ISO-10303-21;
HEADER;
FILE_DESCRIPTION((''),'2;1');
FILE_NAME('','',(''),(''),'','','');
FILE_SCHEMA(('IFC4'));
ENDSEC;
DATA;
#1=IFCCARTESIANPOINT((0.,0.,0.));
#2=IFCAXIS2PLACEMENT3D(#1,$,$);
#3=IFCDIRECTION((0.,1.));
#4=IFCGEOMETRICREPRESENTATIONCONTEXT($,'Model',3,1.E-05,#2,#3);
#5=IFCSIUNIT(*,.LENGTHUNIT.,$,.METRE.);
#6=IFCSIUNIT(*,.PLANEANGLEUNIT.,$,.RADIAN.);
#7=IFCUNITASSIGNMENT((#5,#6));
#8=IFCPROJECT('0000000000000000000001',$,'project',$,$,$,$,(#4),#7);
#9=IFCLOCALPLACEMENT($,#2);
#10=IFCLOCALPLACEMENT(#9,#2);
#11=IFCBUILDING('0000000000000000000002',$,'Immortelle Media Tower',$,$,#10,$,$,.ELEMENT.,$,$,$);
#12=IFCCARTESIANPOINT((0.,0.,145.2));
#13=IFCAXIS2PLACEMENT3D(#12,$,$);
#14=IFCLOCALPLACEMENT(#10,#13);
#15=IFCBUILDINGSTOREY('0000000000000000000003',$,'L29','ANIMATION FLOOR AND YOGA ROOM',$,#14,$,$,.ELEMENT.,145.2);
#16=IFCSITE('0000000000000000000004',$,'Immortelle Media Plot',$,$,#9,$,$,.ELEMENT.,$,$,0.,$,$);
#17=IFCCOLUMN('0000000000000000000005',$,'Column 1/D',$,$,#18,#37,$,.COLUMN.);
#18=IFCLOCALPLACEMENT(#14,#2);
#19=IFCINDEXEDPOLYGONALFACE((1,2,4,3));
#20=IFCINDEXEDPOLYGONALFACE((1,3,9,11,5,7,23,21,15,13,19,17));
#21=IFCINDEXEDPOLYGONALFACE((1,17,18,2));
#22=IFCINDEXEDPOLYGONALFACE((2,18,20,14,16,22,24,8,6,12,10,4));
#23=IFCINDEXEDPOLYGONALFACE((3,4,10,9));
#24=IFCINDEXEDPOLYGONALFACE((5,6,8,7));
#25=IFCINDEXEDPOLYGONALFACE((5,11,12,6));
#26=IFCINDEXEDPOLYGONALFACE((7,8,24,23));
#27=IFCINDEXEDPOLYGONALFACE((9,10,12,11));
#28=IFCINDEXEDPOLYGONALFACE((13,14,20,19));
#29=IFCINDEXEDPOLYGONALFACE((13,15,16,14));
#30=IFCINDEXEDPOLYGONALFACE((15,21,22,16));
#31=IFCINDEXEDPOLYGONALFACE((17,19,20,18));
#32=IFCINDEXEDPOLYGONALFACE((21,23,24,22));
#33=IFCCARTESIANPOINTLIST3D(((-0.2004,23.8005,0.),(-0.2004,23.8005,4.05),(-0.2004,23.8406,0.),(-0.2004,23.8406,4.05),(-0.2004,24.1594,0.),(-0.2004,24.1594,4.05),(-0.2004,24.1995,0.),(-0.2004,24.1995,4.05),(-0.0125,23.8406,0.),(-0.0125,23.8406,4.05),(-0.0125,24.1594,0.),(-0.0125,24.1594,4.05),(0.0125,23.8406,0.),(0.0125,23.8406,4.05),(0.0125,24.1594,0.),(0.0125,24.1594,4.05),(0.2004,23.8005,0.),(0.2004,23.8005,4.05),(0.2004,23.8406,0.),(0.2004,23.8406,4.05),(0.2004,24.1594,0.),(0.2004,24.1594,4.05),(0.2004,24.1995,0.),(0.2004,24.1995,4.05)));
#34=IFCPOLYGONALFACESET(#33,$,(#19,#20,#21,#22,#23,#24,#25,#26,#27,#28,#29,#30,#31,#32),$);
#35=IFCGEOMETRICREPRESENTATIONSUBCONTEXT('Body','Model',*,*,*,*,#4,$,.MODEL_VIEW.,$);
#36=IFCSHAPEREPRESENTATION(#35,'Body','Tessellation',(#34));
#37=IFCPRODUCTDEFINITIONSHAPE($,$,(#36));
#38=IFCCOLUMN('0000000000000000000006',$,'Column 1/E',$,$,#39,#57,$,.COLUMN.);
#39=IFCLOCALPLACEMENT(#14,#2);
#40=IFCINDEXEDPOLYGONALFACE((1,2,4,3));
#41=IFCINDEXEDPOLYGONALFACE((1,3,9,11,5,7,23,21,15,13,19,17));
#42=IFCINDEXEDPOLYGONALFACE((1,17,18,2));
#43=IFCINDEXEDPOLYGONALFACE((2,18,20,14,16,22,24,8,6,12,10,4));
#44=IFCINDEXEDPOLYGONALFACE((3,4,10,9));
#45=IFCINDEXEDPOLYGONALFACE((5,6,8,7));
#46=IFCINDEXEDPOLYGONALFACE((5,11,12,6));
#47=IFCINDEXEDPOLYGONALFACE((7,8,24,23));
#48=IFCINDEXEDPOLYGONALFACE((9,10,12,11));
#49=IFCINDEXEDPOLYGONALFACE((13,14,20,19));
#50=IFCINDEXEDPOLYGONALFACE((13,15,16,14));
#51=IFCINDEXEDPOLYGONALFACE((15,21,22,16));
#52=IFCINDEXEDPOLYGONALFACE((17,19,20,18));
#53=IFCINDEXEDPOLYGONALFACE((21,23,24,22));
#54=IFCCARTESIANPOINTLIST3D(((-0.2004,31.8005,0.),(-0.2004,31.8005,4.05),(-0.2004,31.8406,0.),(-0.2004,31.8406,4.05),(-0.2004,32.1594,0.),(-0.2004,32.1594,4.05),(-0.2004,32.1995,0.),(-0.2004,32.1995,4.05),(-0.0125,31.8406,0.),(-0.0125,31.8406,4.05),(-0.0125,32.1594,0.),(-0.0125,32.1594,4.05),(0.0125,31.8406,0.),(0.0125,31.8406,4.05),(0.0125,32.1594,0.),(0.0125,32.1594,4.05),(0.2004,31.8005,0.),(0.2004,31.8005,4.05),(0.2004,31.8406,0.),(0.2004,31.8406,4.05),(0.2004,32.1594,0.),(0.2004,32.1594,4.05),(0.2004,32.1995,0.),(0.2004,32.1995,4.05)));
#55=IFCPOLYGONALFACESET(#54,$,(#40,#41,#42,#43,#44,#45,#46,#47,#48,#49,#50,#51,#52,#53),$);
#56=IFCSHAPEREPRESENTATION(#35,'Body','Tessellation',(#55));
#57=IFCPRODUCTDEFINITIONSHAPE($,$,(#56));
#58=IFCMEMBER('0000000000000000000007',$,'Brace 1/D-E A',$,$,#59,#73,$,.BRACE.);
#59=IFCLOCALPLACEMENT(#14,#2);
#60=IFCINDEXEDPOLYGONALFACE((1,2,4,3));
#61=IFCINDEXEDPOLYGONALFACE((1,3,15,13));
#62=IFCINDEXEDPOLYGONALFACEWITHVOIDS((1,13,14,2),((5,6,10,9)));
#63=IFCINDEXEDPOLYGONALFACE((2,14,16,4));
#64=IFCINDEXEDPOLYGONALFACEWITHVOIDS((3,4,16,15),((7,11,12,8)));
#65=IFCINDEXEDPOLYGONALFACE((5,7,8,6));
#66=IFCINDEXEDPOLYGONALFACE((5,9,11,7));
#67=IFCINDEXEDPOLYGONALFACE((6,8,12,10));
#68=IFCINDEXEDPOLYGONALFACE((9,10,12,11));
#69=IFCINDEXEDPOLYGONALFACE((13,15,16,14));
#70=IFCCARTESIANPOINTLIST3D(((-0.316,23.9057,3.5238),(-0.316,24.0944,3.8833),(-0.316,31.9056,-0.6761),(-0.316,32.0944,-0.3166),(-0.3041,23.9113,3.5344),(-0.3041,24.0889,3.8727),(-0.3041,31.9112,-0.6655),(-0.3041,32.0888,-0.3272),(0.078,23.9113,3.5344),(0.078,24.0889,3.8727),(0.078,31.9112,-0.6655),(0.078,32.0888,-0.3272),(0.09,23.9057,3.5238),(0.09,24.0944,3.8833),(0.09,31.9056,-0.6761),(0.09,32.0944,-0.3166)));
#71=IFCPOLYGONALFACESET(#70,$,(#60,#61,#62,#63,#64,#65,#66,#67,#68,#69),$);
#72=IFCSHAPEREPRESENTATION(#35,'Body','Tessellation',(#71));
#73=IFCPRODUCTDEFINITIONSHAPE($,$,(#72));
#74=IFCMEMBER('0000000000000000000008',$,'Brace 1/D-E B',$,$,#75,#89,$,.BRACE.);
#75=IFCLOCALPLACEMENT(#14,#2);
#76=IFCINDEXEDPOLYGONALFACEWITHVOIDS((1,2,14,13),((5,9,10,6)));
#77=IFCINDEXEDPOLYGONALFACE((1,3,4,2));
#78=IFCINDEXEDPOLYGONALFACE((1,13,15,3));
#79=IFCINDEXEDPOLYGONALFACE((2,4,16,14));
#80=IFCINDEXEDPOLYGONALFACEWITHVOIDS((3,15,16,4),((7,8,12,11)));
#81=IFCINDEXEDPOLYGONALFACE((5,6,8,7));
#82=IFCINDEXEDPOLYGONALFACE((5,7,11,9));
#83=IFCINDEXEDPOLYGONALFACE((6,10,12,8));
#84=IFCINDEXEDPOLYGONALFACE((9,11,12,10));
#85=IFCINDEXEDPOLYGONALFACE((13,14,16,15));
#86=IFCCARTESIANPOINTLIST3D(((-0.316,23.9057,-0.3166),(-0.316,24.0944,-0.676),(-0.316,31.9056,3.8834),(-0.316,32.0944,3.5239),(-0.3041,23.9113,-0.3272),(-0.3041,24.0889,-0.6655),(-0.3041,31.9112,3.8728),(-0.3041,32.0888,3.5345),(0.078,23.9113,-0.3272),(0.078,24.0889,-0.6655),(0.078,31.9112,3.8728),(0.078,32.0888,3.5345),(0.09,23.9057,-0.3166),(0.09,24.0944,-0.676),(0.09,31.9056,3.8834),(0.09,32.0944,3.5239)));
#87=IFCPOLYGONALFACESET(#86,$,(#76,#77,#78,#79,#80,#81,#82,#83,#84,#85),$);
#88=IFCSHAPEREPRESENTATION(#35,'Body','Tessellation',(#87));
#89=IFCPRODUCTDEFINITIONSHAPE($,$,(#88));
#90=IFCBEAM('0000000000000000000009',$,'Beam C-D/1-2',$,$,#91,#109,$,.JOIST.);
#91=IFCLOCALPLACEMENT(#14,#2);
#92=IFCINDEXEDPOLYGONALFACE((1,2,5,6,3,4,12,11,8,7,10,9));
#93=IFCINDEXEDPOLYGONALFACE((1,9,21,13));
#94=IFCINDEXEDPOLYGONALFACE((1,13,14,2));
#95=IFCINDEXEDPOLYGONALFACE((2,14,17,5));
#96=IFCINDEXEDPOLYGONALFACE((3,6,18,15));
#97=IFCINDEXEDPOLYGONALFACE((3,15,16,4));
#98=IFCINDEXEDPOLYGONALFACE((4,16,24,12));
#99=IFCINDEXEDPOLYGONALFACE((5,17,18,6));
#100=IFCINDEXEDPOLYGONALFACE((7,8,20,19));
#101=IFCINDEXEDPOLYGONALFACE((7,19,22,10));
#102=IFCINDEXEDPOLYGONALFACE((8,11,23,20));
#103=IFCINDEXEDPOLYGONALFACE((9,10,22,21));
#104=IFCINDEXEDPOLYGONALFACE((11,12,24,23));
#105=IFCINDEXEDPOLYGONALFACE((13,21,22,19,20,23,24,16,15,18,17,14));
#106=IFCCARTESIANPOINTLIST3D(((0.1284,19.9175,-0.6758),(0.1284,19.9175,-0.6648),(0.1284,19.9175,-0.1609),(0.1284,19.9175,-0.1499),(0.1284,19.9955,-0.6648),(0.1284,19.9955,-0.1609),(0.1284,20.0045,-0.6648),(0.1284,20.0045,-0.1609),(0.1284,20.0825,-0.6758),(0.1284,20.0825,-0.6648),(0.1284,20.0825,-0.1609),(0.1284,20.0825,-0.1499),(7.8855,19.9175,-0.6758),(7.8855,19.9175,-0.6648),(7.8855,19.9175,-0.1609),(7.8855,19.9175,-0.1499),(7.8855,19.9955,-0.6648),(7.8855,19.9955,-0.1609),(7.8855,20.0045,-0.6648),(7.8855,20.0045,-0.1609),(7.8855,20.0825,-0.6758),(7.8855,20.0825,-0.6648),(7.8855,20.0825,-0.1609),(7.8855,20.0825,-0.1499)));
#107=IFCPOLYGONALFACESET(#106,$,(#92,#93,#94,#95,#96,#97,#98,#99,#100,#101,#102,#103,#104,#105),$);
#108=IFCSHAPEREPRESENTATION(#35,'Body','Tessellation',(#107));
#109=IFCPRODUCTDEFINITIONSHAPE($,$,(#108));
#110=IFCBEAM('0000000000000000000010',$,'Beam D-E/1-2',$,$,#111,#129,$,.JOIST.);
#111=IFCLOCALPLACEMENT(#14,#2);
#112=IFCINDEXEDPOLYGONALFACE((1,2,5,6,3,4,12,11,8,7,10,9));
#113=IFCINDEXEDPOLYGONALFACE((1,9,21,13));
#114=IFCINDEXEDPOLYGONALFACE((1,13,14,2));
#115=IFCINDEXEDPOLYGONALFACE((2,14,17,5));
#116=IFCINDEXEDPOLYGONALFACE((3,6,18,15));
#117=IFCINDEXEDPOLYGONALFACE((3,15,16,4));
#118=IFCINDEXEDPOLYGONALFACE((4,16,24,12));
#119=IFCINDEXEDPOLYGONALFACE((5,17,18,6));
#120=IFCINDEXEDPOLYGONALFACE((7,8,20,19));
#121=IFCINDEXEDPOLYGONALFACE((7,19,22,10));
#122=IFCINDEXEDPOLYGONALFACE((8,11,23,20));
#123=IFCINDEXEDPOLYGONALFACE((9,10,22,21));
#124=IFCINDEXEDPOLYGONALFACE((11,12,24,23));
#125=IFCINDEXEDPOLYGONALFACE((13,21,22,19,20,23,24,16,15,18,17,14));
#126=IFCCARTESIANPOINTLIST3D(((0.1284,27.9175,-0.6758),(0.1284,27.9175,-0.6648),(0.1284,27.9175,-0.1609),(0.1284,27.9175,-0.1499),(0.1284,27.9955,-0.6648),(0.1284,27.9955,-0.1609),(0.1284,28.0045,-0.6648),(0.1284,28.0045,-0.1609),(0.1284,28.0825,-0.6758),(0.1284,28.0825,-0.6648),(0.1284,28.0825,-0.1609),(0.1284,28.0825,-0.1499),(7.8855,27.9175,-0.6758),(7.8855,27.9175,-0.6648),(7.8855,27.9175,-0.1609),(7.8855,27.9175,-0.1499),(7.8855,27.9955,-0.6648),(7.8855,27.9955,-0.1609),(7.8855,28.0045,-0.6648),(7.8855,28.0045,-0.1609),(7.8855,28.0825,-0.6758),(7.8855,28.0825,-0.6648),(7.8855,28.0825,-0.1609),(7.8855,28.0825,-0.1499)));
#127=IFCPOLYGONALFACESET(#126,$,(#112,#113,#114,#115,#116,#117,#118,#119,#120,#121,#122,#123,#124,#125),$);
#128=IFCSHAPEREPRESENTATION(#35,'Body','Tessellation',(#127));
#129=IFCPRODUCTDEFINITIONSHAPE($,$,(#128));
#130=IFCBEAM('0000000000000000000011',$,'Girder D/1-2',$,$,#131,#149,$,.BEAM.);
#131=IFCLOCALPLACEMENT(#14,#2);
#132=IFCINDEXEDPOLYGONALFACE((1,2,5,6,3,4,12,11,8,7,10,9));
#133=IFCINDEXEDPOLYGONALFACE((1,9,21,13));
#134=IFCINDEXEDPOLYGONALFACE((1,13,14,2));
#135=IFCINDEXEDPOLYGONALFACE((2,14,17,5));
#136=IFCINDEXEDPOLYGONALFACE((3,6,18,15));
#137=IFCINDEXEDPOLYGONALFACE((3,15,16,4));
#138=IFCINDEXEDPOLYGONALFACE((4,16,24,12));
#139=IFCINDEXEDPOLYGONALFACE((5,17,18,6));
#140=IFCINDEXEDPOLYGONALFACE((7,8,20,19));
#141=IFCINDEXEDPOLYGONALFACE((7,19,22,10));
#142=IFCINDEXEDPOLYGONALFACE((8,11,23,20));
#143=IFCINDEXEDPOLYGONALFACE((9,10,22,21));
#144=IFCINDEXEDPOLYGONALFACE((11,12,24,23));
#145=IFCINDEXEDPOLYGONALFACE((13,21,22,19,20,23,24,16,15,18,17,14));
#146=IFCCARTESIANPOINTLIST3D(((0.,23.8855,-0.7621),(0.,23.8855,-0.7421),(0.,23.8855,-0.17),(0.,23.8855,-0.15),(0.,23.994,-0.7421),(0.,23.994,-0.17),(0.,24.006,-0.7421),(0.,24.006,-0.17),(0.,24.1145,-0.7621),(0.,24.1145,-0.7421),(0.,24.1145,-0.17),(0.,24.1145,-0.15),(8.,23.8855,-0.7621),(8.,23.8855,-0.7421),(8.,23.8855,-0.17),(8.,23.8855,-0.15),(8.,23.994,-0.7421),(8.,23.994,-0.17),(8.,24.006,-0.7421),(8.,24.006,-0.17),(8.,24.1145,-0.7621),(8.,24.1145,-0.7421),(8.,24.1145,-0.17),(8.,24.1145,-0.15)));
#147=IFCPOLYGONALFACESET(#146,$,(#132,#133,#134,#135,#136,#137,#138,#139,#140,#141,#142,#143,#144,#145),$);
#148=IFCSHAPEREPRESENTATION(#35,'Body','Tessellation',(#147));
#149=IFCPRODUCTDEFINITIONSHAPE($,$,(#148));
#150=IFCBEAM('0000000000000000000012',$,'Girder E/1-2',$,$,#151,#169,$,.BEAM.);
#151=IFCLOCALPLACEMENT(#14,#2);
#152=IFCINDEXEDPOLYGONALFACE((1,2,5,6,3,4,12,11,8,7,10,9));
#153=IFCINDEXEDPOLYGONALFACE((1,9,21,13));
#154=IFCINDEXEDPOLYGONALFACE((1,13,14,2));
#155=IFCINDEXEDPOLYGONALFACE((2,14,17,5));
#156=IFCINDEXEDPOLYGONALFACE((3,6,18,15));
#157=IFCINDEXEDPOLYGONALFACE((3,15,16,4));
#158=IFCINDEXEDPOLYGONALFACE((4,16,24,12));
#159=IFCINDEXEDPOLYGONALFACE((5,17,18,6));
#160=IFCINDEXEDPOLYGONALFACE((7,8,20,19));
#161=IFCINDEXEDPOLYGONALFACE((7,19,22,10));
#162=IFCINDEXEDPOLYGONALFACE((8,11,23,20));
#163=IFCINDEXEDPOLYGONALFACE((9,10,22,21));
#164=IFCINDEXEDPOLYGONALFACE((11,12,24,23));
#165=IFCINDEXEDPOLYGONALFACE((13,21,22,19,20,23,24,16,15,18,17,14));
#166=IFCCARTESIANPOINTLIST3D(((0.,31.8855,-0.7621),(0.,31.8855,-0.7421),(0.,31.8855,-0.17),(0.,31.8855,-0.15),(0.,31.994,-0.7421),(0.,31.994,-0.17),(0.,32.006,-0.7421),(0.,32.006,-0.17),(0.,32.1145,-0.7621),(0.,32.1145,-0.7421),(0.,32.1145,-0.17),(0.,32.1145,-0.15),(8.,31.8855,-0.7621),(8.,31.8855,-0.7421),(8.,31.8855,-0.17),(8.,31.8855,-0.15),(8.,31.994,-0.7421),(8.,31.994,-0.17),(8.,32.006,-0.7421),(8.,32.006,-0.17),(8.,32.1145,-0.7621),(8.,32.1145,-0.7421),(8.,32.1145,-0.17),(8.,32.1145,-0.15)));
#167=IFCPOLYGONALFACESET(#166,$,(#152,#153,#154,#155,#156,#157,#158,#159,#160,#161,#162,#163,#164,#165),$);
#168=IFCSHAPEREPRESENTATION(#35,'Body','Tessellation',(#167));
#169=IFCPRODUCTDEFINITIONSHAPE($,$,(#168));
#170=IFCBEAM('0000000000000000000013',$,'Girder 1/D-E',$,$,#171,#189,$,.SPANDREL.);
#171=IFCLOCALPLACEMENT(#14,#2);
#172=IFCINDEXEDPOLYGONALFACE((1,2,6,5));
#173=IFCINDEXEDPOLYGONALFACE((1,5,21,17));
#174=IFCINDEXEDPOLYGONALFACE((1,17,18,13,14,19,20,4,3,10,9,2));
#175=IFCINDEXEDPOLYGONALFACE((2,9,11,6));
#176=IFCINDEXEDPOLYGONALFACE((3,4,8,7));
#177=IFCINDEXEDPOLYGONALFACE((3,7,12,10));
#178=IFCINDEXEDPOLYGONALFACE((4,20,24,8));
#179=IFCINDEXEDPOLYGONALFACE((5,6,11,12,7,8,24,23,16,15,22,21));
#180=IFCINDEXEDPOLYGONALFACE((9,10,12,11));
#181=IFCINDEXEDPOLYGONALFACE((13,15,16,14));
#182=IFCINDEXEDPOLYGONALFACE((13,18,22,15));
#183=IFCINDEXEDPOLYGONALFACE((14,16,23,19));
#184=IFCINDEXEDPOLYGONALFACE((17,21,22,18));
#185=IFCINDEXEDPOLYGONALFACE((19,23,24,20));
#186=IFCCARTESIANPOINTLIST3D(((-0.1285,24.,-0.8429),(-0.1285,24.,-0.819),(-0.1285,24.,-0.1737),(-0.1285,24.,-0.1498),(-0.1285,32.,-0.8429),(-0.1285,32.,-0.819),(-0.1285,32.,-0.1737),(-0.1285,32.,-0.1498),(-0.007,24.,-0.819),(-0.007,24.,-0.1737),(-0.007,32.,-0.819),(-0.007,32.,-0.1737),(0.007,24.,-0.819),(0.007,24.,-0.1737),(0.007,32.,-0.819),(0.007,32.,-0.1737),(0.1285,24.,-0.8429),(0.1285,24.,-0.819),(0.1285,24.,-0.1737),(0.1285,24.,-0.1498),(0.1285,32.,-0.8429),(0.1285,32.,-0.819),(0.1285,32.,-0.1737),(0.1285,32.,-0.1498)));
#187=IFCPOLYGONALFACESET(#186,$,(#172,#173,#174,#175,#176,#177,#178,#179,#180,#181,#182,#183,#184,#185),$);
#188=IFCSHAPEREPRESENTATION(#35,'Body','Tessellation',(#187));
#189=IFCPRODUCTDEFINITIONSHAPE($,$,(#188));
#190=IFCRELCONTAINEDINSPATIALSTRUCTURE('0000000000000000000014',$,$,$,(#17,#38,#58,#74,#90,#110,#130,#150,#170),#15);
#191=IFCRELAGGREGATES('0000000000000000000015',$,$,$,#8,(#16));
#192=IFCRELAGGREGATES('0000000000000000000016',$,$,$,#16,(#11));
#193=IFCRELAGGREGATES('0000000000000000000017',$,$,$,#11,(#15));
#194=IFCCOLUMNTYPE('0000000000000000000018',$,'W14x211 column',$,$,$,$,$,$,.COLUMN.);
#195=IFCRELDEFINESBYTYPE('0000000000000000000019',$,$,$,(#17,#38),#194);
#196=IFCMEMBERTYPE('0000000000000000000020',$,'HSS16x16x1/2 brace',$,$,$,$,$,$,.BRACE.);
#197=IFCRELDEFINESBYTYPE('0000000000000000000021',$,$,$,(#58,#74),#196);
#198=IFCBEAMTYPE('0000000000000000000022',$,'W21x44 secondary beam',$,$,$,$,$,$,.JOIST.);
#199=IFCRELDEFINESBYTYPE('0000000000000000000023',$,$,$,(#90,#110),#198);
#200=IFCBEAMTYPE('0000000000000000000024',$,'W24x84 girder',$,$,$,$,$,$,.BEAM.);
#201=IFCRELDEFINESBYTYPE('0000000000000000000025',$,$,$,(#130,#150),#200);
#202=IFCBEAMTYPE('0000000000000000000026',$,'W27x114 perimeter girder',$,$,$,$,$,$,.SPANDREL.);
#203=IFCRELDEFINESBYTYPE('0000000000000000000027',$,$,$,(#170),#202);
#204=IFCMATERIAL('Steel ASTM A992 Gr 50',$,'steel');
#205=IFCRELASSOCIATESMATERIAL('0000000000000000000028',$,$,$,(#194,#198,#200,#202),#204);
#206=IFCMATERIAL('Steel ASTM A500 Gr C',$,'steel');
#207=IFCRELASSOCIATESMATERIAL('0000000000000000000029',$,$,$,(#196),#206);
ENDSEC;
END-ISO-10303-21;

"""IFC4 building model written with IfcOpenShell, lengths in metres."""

from ifc_helpers import new_model, si_unit, direction, frame, origin, origin_2d, place, context, subcontext, project, spatial, hollow_rectangle, i_section, extrude, material, material_profile, profile_set, type_object, element, save


model = new_model("IFC4")

# Units and contexts
model_context = context("Model", 3, precision=1e-05, world=origin(), true_north=direction((0.0, 1.0)))
body_context = subcontext(model_context, "Body", "Model", "MODEL_VIEW")
ifc_project = project(units=[si_unit("LENGTHUNIT", "METRE"), si_unit("PLANEANGLEUNIT", "RADIAN")], contexts=[model_context])

# Site, building, storey
site_placement = place(None, origin())
site = spatial("IfcSite", under=ifc_project, at=site_placement, Name="Immortelle Media Plot", CompositionType="ELEMENT", RefElevation=0.0)
building_placement = place(site_placement, origin())
building = spatial("IfcBuilding", under=site, at=building_placement, Name="Immortelle Media Tower", CompositionType="ELEMENT")
storey_placement = place(building_placement, frame((0.0, 0.0, 145.2)))
storey = spatial("IfcBuildingStorey", under=building, at=storey_placement, Name="L29", Description="ANIMATION FLOOR AND YOGA ROOM", CompositionType="ELEMENT", Elevation=145.2)

# Columns
ifc_material_1 = material(Name="Steel ASTM A992 Gr 50", Category="steel")
ifc_material_profile_1 = material_profile(ifc_material_1, i_section(OverallWidth=0.4009, OverallDepth=0.3989, WebThickness=0.0249, FlangeThickness=0.04, at=origin_2d()), Name="W14x211")
ifc_profile_set_1 = profile_set([ifc_material_profile_1], Name="Steel ASTM A992 Gr 50")
column_type = type_object("IfcColumnType", Name="W14x211 column", PredefinedType="COLUMN", material=ifc_profile_set_1)
for number, where, z_axis, x_axis, name in (
    (1, (0.0, 24.0, 0.0), (0.0, 0.0, 1.0), (1.0, 0.0, 0.0), "Column 1/D"),
    (2, (0.0, 32.0, 0.0), (0.0, 0.0, 1.0), (1.0, 0.0, 0.0), "Column 1/E"),
):
    element("IfcColumn", number, at=place(storey_placement, frame(where, z_axis=z_axis, x_axis=x_axis)), inside=storey, type_object=column_type, Name=name, PredefinedType="COLUMN", context=body_context, shape_type="SweptSolid", body=[
        extrude(i_section(OverallWidth=0.4009, OverallDepth=0.3989, WebThickness=0.0249, FlangeThickness=0.04, at=origin_2d()), origin(), (0.0, 0.0, 1.0), 4.05),
    ])

# Members
ifc_material_2 = material(Name="Steel ASTM A500 Gr C", Category="steel")
ifc_material_profile_2 = material_profile(ifc_material_2, hollow_rectangle(XDim=0.406, YDim=0.406, WallThickness=0.012, at=origin_2d()), Name="HSS16x16x1/2 brace")
ifc_profile_set_2 = profile_set([ifc_material_profile_2], Name="Steel ASTM A500 Gr C")
member_type = type_object("IfcMemberType", Name="HSS16x16x1/2 brace", PredefinedType="BRACE", material=ifc_profile_set_2)
for number, where, z_axis, x_axis, name in (
    (3, (-0.113, 32.0, -0.4963), (0.0, -0.8854, 0.46483), (1.0, 0.0, 0.0), "Brace 1/D-E A"),
    (4, (-0.113, 32.0, 3.7036), (0.0, -0.8854, -0.46483), (1.0, 0.0, 0.0), "Brace 1/D-E B"),
):
    element("IfcMember", number, at=place(storey_placement, frame(where, z_axis=z_axis, x_axis=x_axis)), inside=storey, type_object=member_type, Name=name, PredefinedType="BRACE", context=body_context, shape_type="SweptSolid", body=[
        extrude(hollow_rectangle(XDim=0.406, YDim=0.406, WallThickness=0.012, at=origin_2d()), origin(), (0.0, 0.0, 1.0), 9.0354),
    ])

# Beams
ifc_material_profile_3 = material_profile(ifc_material_1, i_section(OverallWidth=0.165, OverallDepth=0.5259, WebThickness=0.009, FlangeThickness=0.011, at=origin_2d()), Name="W21x44")
ifc_profile_set_3 = profile_set([ifc_material_profile_3], Name="Steel ASTM A992 Gr 50")
beam_type_1 = type_object("IfcBeamType", Name="W21x44 secondary beam", PredefinedType="JOIST", material=ifc_profile_set_3)
for number, where, z_axis, x_axis, name in (
    (5, (0.1284, 20.0, -0.4128), (1.0, 0.0, 0.0), (0.0, 1.0, 0.0), "Beam C-D/1-2"),
    (6, (0.1284, 28.0, -0.4128), (1.0, 0.0, 0.0), (0.0, 1.0, 0.0), "Beam D-E/1-2"),
):
    element("IfcBeam", number, at=place(storey_placement, frame(where, z_axis=z_axis, x_axis=x_axis)), inside=storey, type_object=beam_type_1, Name=name, PredefinedType="JOIST", context=body_context, shape_type="SweptSolid", body=[
        extrude(i_section(OverallWidth=0.165, OverallDepth=0.5259, WebThickness=0.009, FlangeThickness=0.011, at=origin_2d()), origin(), (0.0, 0.0, 1.0), 7.7571),
    ])
ifc_material_profile_4 = material_profile(ifc_material_1, i_section(OverallWidth=0.229, OverallDepth=0.6121, WebThickness=0.012, FlangeThickness=0.02, at=origin_2d()), Name="W24x84")
ifc_profile_set_4 = profile_set([ifc_material_profile_4], Name="Steel ASTM A992 Gr 50")
beam_type_2 = type_object("IfcBeamType", Name="W24x84 girder", PredefinedType="BEAM", material=ifc_profile_set_4)
for number, where, z_axis, x_axis, name in (
    (7, (0.0, 24.0, -0.4561), (1.0, 0.0, 0.0), (0.0, 1.0, 0.0), "Girder D/1-2"),
    (8, (0.0, 32.0, -0.4561), (1.0, 0.0, 0.0), (0.0, 1.0, 0.0), "Girder E/1-2"),
):
    element("IfcBeam", number, at=place(storey_placement, frame(where, z_axis=z_axis, x_axis=x_axis)), inside=storey, type_object=beam_type_2, Name=name, PredefinedType="BEAM", context=body_context, shape_type="SweptSolid", body=[
        extrude(i_section(OverallWidth=0.229, OverallDepth=0.6121, WebThickness=0.012, FlangeThickness=0.02, at=origin_2d()), origin(), (0.0, 0.0, 1.0), 8.0),
    ])
ifc_material_profile_5 = material_profile(ifc_material_1, i_section(OverallWidth=0.2571, OverallDepth=0.6931, WebThickness=0.0139, FlangeThickness=0.0239, at=origin_2d()), Name="W27x114")
ifc_profile_set_5 = profile_set([ifc_material_profile_5], Name="Steel ASTM A992 Gr 50")
beam_type_3 = type_object("IfcBeamType", Name="W27x114 perimeter girder", PredefinedType="SPANDREL", material=ifc_profile_set_5)
for number, where, z_axis, x_axis, name in (
    (9, (0.0, 24.0, -0.4963), (0.0, 1.0, 0.0), (-1.0, 0.0, 0.0), "Girder 1/D-E"),
):
    element("IfcBeam", number, at=place(storey_placement, frame(where, z_axis=z_axis, x_axis=x_axis)), inside=storey, type_object=beam_type_3, Name=name, PredefinedType="SPANDREL", context=body_context, shape_type="SweptSolid", body=[
        extrude(i_section(OverallWidth=0.2571, OverallDepth=0.6931, WebThickness=0.0139, FlangeThickness=0.0239, at=origin_2d()), origin(), (0.0, 0.0, 1.0), 8.0),
    ])

save(model, "model.ifc")
